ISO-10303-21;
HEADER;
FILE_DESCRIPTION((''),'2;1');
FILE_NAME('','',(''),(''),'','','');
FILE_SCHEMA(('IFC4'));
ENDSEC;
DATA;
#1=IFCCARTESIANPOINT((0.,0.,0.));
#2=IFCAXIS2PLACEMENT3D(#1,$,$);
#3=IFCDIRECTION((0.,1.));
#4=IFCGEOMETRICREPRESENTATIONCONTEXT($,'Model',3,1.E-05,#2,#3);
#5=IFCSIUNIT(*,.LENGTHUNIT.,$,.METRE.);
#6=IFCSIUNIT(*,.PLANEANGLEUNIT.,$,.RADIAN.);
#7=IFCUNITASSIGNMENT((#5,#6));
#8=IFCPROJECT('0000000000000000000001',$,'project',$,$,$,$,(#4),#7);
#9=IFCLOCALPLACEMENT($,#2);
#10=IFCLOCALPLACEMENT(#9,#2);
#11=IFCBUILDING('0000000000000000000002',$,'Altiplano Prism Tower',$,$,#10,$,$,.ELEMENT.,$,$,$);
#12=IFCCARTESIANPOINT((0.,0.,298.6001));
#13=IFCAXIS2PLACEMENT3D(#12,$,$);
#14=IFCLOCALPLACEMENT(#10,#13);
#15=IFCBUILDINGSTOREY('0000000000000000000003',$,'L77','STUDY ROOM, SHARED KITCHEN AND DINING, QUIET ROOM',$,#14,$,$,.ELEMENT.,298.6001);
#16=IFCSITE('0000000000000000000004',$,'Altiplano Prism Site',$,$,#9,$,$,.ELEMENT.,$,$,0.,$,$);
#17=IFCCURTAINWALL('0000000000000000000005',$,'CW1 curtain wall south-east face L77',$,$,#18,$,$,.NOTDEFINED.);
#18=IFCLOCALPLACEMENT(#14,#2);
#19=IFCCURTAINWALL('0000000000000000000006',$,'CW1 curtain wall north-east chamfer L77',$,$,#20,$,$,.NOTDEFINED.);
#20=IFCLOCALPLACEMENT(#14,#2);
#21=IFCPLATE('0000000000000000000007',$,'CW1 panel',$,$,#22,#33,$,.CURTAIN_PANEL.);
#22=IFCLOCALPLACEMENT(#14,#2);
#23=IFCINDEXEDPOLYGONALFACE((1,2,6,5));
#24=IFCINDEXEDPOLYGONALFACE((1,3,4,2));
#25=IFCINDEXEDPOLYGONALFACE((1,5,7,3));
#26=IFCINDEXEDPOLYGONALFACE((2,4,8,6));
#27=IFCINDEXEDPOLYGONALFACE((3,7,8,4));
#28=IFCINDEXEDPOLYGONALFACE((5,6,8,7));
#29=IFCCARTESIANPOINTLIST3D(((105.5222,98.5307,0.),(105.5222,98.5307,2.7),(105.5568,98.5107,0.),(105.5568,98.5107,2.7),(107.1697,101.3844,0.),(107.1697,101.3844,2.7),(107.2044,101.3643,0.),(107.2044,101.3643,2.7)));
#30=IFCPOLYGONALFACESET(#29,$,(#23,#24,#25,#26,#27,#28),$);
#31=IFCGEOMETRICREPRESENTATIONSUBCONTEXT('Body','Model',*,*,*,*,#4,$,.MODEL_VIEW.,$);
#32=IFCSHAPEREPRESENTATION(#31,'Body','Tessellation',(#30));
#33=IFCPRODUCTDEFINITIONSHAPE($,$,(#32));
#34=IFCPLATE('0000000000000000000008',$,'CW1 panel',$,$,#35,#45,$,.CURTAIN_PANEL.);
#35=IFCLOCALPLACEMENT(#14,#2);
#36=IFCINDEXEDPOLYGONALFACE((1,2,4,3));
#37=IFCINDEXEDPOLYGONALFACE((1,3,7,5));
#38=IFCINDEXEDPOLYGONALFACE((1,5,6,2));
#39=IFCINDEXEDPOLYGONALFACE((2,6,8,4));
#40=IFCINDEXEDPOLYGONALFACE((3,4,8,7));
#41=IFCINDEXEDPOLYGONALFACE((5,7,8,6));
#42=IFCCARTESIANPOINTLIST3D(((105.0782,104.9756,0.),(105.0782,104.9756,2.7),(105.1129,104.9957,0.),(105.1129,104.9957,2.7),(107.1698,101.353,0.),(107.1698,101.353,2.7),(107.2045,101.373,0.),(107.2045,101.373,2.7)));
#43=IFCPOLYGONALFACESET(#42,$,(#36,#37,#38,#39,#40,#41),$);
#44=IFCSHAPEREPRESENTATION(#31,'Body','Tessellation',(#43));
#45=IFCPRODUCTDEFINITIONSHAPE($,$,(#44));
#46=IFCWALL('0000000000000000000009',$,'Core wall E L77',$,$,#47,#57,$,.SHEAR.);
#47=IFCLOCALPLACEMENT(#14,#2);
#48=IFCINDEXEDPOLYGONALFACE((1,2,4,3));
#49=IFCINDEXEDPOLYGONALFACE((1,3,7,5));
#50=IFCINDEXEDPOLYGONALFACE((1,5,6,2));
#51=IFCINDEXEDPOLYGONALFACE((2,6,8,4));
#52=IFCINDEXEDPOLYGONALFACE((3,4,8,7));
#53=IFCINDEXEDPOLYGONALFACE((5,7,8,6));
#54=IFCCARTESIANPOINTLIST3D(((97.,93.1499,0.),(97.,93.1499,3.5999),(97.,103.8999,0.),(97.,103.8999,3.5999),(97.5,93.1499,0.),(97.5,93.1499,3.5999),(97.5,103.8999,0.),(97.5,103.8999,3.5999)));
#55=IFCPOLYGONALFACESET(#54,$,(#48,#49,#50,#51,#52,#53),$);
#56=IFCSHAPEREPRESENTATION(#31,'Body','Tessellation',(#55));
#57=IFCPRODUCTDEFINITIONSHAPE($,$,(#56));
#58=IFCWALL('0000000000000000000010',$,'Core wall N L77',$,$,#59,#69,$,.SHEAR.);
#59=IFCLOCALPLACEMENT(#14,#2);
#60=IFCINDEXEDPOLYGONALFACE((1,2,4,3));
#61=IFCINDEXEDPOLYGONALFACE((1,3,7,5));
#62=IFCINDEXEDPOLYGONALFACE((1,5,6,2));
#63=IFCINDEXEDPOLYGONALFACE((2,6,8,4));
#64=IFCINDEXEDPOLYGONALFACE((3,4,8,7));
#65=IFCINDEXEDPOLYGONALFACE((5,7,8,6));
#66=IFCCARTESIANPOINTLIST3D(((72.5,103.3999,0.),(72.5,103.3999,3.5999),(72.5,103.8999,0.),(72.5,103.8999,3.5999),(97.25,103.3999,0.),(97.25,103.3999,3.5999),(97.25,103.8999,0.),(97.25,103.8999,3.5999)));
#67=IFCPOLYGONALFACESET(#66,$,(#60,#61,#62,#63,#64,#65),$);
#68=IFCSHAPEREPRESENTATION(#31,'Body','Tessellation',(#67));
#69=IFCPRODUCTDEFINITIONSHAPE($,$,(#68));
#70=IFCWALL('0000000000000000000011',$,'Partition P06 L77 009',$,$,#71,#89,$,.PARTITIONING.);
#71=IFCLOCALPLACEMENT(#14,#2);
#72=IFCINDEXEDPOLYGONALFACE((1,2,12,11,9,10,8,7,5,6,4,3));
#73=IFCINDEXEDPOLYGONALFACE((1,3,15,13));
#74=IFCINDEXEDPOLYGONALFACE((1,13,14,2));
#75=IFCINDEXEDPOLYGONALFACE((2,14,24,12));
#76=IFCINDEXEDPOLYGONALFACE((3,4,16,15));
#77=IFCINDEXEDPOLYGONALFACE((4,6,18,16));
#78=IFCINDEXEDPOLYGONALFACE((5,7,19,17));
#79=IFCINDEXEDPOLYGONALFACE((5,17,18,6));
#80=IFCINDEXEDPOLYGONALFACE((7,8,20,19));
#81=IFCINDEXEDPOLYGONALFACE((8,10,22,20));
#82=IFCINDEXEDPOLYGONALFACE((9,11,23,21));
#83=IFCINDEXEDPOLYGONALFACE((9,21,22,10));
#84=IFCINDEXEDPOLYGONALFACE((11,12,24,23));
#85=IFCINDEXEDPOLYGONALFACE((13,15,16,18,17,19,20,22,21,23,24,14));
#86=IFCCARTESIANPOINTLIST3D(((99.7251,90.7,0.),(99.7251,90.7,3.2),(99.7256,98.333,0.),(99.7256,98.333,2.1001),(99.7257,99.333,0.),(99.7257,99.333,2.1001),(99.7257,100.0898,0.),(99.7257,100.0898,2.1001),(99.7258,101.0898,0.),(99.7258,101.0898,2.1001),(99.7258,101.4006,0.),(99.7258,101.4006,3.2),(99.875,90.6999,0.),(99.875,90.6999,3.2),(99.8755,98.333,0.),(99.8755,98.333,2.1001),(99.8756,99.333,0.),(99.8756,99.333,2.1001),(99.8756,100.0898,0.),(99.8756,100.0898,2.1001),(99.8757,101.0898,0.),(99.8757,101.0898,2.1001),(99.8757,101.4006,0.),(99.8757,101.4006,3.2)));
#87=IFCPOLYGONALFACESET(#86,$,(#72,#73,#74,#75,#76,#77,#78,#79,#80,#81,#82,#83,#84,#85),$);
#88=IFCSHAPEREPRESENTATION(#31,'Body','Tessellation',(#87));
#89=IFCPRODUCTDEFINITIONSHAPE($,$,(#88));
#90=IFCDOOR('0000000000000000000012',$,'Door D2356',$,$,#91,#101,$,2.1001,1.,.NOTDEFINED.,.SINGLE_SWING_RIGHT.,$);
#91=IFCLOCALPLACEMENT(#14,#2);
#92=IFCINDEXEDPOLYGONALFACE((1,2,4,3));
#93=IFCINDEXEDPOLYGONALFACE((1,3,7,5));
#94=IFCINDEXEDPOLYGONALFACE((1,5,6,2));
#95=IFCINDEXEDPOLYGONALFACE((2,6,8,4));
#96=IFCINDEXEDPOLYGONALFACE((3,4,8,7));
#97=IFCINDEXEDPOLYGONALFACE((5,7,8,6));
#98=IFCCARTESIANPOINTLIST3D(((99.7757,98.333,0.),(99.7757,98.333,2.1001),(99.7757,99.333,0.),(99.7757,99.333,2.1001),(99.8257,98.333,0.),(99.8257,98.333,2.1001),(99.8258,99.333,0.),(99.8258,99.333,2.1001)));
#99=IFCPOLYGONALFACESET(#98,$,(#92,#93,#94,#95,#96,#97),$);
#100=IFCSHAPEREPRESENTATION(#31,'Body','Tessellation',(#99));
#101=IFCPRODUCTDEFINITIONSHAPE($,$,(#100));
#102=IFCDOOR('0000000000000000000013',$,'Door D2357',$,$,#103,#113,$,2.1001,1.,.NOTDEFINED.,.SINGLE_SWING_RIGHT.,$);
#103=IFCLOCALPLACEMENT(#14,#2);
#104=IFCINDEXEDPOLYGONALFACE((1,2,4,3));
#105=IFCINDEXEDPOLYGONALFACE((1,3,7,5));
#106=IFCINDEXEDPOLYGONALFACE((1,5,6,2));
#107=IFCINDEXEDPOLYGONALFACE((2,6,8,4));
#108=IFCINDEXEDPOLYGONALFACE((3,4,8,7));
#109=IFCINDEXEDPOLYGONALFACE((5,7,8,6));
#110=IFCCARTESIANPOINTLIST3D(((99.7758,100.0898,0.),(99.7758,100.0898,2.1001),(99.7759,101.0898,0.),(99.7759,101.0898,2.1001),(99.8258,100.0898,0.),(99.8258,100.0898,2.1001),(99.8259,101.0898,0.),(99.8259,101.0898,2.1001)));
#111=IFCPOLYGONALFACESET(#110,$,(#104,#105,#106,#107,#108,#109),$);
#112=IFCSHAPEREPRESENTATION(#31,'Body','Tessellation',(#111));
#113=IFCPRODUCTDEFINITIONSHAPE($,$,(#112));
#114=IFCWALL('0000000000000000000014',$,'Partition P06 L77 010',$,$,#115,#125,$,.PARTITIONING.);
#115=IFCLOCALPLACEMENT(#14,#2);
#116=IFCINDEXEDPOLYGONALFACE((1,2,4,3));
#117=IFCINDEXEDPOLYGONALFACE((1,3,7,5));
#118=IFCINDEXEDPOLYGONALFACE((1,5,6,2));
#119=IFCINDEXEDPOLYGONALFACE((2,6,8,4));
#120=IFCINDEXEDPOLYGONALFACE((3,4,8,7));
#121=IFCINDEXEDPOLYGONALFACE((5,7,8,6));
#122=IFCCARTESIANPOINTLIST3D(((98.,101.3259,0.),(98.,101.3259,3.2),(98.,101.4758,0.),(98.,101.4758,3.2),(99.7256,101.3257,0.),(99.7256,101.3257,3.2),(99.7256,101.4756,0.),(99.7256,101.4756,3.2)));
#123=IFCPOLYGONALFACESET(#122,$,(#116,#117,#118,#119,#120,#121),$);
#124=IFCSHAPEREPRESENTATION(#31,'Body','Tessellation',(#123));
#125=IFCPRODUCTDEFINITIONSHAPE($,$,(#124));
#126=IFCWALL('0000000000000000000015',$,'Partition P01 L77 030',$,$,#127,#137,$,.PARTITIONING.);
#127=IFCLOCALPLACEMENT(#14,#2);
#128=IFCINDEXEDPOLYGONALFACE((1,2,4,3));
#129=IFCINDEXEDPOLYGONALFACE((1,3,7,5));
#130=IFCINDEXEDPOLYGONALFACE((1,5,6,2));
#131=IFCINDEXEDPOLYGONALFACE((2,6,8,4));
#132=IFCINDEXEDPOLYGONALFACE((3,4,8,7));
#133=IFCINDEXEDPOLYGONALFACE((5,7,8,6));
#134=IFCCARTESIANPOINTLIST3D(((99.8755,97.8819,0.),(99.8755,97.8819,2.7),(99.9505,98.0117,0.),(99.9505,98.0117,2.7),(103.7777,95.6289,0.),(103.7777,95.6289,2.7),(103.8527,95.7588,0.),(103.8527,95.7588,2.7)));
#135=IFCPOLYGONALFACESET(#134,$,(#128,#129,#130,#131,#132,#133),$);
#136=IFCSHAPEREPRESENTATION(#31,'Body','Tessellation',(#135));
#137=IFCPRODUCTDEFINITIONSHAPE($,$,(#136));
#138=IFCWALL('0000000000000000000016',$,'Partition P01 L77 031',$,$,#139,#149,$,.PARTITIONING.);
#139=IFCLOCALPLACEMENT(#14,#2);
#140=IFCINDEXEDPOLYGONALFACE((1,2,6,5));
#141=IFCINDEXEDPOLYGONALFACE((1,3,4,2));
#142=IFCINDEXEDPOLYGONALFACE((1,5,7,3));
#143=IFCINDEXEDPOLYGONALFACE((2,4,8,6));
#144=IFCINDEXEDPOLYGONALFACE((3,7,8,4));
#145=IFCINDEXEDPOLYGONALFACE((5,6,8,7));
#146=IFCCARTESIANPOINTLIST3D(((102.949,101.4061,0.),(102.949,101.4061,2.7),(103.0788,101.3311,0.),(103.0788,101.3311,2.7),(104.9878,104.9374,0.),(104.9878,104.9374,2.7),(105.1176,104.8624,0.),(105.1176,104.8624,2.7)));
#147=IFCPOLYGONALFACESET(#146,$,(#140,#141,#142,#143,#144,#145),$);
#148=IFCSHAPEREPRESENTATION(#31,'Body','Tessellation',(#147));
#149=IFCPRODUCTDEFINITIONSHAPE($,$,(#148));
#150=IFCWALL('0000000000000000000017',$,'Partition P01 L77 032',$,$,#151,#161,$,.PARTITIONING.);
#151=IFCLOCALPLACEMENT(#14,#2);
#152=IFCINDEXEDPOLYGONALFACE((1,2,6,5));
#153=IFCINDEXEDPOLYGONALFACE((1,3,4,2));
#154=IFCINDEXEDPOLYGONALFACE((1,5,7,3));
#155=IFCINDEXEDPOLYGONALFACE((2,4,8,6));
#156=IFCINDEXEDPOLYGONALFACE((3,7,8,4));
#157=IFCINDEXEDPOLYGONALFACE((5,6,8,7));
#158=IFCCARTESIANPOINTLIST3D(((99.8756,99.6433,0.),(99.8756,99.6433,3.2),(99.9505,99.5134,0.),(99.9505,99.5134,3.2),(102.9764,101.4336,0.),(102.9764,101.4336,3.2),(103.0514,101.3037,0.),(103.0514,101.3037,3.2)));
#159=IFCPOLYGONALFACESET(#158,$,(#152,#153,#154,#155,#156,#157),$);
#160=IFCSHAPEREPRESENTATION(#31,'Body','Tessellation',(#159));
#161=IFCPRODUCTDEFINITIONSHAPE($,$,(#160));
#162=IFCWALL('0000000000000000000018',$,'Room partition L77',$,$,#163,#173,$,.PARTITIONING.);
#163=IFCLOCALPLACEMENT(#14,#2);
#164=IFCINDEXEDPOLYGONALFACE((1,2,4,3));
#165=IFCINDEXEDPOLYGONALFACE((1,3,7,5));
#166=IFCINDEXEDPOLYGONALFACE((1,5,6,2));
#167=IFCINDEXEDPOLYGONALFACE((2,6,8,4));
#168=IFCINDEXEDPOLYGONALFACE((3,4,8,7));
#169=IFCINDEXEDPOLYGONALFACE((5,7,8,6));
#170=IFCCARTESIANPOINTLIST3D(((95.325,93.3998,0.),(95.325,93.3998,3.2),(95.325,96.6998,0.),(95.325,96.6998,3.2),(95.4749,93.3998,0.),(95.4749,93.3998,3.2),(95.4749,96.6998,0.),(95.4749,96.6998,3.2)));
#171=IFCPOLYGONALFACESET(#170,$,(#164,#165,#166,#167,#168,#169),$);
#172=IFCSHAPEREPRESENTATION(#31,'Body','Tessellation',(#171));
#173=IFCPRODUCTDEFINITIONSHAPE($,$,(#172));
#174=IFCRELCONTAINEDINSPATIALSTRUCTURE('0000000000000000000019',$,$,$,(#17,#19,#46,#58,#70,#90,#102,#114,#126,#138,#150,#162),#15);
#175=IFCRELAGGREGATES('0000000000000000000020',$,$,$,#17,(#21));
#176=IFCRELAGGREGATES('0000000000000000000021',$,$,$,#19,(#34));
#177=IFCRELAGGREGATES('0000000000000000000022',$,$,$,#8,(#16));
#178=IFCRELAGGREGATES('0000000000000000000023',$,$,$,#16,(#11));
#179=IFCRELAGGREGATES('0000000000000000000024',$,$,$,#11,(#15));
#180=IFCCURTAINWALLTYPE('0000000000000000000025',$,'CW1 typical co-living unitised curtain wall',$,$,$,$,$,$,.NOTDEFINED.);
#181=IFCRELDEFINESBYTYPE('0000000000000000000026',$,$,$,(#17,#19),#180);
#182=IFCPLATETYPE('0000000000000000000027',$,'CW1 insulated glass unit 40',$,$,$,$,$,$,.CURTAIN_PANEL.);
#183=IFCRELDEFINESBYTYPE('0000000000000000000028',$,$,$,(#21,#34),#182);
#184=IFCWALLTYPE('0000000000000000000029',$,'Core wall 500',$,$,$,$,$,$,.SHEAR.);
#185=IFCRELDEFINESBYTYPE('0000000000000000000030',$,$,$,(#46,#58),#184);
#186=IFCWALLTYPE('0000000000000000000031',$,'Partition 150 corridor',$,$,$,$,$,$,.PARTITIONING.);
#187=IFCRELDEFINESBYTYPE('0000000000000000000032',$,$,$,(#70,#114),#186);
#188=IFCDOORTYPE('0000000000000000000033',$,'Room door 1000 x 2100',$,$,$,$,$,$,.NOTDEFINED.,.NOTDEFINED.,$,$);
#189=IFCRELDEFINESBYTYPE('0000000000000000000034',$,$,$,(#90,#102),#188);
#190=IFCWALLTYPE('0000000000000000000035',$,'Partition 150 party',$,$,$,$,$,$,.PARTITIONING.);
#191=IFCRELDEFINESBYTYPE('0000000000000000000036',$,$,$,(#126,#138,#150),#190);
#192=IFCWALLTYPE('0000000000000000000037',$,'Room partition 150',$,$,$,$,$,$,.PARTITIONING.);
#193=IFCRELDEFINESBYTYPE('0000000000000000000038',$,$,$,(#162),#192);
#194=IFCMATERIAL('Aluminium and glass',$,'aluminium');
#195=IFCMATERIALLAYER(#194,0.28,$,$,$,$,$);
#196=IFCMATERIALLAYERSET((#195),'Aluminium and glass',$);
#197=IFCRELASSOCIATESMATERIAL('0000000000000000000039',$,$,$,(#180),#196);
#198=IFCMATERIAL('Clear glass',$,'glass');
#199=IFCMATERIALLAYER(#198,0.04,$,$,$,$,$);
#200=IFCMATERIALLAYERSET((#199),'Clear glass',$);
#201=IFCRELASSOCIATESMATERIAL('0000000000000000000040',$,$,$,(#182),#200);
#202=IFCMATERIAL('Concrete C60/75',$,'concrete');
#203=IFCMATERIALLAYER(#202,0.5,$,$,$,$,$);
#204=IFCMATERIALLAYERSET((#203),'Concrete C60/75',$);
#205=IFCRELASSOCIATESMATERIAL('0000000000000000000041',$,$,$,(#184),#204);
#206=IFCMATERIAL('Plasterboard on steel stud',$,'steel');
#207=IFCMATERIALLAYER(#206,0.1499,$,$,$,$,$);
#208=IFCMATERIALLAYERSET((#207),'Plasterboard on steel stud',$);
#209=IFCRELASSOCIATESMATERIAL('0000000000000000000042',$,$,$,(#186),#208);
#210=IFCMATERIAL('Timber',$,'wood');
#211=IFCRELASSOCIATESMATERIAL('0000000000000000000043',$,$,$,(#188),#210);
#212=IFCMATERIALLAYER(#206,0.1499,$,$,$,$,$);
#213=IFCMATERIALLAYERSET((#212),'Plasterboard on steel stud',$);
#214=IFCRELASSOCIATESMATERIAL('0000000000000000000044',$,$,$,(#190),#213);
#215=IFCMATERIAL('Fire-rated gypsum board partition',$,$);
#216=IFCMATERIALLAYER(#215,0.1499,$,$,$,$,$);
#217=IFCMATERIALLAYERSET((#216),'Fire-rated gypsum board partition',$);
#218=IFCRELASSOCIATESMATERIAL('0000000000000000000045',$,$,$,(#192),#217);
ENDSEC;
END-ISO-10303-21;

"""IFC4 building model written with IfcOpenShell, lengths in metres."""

from ifc_helpers import new_model, si_unit, direction, frame, frame_2d, origin, origin_2d, place, context, subcontext, project, spatial, rectangle, extrude, material, layer, layer_set, type_object, element, fill, aggregate, save


model = new_model("IFC4")

# Units and contexts
model_context = context("Model", 3, precision=1e-05, world=origin(), true_north=direction((0.0, 1.0)))
body_context = subcontext(model_context, "Body", "Model", "MODEL_VIEW")
ifc_project = project(units=[si_unit("LENGTHUNIT", "METRE"), si_unit("PLANEANGLEUNIT", "RADIAN")], contexts=[model_context])

# Site, building, storey
site_placement = place(None, origin())
site = spatial("IfcSite", under=ifc_project, at=site_placement, Name="Altiplano Prism Site", CompositionType="ELEMENT", RefElevation=0.0)
building_placement = place(site_placement, origin())
building = spatial("IfcBuilding", under=site, at=building_placement, Name="Altiplano Prism Tower", CompositionType="ELEMENT")
storey_placement = place(building_placement, frame((0.0, 0.0, 298.6001)))
storey = spatial("IfcBuildingStorey", under=building, at=storey_placement, Name="L77", Description="STUDY ROOM, SHARED KITCHEN AND DINING, QUIET ROOM", CompositionType="ELEMENT", Elevation=298.6001)

# Shared definitions
ifc_material_1 = material(Name="Concrete C60/75", Category="concrete")

# Curtain wall
ifc_material_2 = material(Name="Aluminium and glass", Category="aluminium")
ifc_layer_1 = layer(ifc_material_2, 0.28)
ifc_layer_set_1 = layer_set([ifc_layer_1], Name="Aluminium and glass")
curtain_wall_type = type_object("IfcCurtainWallType", Name="CW1 typical co-living unitised curtain wall", PredefinedType="NOTDEFINED", material=ifc_layer_set_1)
curtain_wall_1_placement = place(storey_placement, origin())
curtain_wall_1 = element("IfcCurtainWall", 1, at=curtain_wall_1_placement, inside=storey, type_object=curtain_wall_type, Name="CW1 curtain wall south-east face L77", PredefinedType="NOTDEFINED")

# Curtain wall
curtain_wall_2_placement = place(storey_placement, origin())
curtain_wall_2 = element("IfcCurtainWall", 2, at=curtain_wall_2_placement, inside=storey, type_object=curtain_wall_type, Name="CW1 curtain wall north-east chamfer L77", PredefinedType="NOTDEFINED")

# Plates
ifc_material_3 = material(Name="Clear glass", Category="glass")
ifc_layer_2 = layer(ifc_material_3, 0.04)
ifc_layer_set_2 = layer_set([ifc_layer_2], Name="Clear glass")
plate_type = type_object("IfcPlateType", Name="CW1 insulated glass unit 40", PredefinedType="CURTAIN_PANEL", material=ifc_layer_set_2)
plate_1_placement = place(storey_placement, frame((106.3633, 99.9475, 0.0), z_axis=(0.0, 0.0, 1.0), x_axis=(0.5, 0.866025, 0.0)))
plate_1 = element("IfcPlate", 3, at=plate_1_placement, type_object=plate_type, Name="CW1 panel", PredefinedType="CURTAIN_PANEL", context=body_context, shape_type="SweptSolid", body=[
    extrude(rectangle(XDim=3.2952, YDim=0.04, at=origin_2d()), origin(), (0.0, 0.0, 1.0), 2.7),
])
aggregate(curtain_wall_1, [plate_1])
plate_2_placement = place(storey_placement, frame((106.1414, 103.1743, 0.0), z_axis=(0.0, 0.0, 1.0), x_axis=(-0.5, 0.866025, 0.0)))
plate_2 = element("IfcPlate", 4, at=plate_2_placement, type_object=plate_type, Name="CW1 panel", PredefinedType="CURTAIN_PANEL", context=body_context, shape_type="SweptSolid", body=[
    extrude(rectangle(XDim=4.1831, YDim=0.04, at=origin_2d()), origin(), (0.0, 0.0, 1.0), 2.7),
])
aggregate(curtain_wall_2, [plate_2])

# Walls
ifc_layer_3 = layer(ifc_material_1, 0.5)
ifc_layer_set_3 = layer_set([ifc_layer_3], Name="Concrete C60/75")
wall_type_1 = type_object("IfcWallType", Name="Core wall 500", PredefinedType="SHEAR", material=ifc_layer_set_3)
wall_1_placement = place(storey_placement, frame((97.25, 93.1499, 0.0), z_axis=(0.0, 0.0, 1.0), x_axis=(0.0, 1.0, 0.0)))
element("IfcWall", 5, at=wall_1_placement, inside=storey, type_object=wall_type_1, Name="Core wall E L77", PredefinedType="SHEAR", context=body_context, shape_type="SweptSolid", body=[
    extrude(rectangle(XDim=10.75, YDim=0.5, at=frame_2d((5.375, 0.0))), origin(), (0.0, 0.0, 1.0), 3.5999),
])
wall_2_placement = place(storey_placement, frame((97.25, 103.6499, 0.0), z_axis=(0.0, 0.0, 1.0), x_axis=(-1.0, 0.0, 0.0)))
element("IfcWall", 6, at=wall_2_placement, inside=storey, type_object=wall_type_1, Name="Core wall N L77", PredefinedType="SHEAR", context=body_context, shape_type="SweptSolid", body=[
    extrude(rectangle(XDim=24.75, YDim=0.5, at=frame_2d((12.375, 0.0))), origin(), (0.0, 0.0, 1.0), 3.5999),
])

# Wall, openings, doors
ifc_material_4 = material(Name="Plasterboard on steel stud", Category="steel")
ifc_layer_4 = layer(ifc_material_4, 0.1499)
ifc_layer_set_4 = layer_set([ifc_layer_4], Name="Plasterboard on steel stud")
wall_type_2 = type_object("IfcWallType", Name="Partition 150 corridor", PredefinedType="PARTITIONING", material=ifc_layer_set_4)
wall_3_placement = place(storey_placement, frame((99.8, 90.7, 0.0), z_axis=(0.0, 0.0, 1.0), x_axis=(0.000068, 1.0, 0.0)))
wall_3 = element("IfcWall", 7, at=wall_3_placement, inside=storey, type_object=wall_type_2, Name="Partition P06 L77 009", PredefinedType="PARTITIONING", context=body_context, shape_type="SweptSolid", body=[
    extrude(rectangle(XDim=10.7007, YDim=0.1499, at=frame_2d((5.3503, 0.0))), origin(), (0.0, 0.0, 1.0), 3.2),
])
opening_1_placement = place(wall_3_placement, frame((7.6331, 0.0, 0.0)))
opening_1 = element("IfcOpeningElement", 8, at=opening_1_placement, cuts=wall_3, PredefinedType="OPENING", context=body_context, shape_type="SweptSolid", body=[
    extrude(rectangle(XDim=1.0, YDim=2.1001, at=frame_2d((0.5, 1.05))), frame((0.0, 0.0854, 0.0), z_axis=(0.0, -1.0, 0.0), x_axis=(1.0, 0.0, 0.0)), (0.0, 0.0, 1.0), 0.1709),
])
opening_2_placement = place(wall_3_placement, frame((9.3899, 0.0, 0.0)))
opening_2 = element("IfcOpeningElement", 9, at=opening_2_placement, cuts=wall_3, PredefinedType="OPENING", context=body_context, shape_type="SweptSolid", body=[
    extrude(rectangle(XDim=1.0, YDim=2.1001, at=frame_2d((0.5, 1.05))), frame((0.0, 0.0854, 0.0), z_axis=(0.0, -1.0, 0.0), x_axis=(1.0, 0.0, 0.0)), (0.0, 0.0, 1.0), 0.1709),
])
ifc_material_5 = material(Name="Timber", Category="wood")
door_type = type_object("IfcDoorType", Name="Room door 1000 x 2100", OperationType="NOTDEFINED", PredefinedType="NOTDEFINED", material=ifc_material_5)
door_1_placement = place(opening_1_placement, origin())
door_1 = element("IfcDoor", 10, at=door_1_placement, inside=storey, type_object=door_type, Name="Door D2356", OperationType="SINGLE_SWING_RIGHT", OverallHeight=2.1001, OverallWidth=1.0, PredefinedType="NOTDEFINED", context=body_context, shape_type="SweptSolid", body=[
    extrude(rectangle(XDim=1.0, YDim=2.1001, at=frame_2d((0.5, 1.05))), frame((0.0, 0.0249, 0.0), z_axis=(0.0, -1.0, 0.0), x_axis=(1.0, 0.0, 0.0)), (0.0, 0.0, 1.0), 0.05),
])
fill(opening_1, door_1)
door_2_placement = place(opening_2_placement, origin())
door_2 = element("IfcDoor", 11, at=door_2_placement, inside=storey, type_object=door_type, Name="Door D2357", OperationType="SINGLE_SWING_RIGHT", OverallHeight=2.1001, OverallWidth=1.0, PredefinedType="NOTDEFINED", context=body_context, shape_type="SweptSolid", body=[
    extrude(rectangle(XDim=1.0, YDim=2.1001, at=frame_2d((0.5, 1.05))), frame((0.0, 0.0249, 0.0), z_axis=(0.0, -1.0, 0.0), x_axis=(1.0, 0.0, 0.0)), (0.0, 0.0, 1.0), 0.05),
])
fill(opening_2, door_2)

# Walls
wall_4_placement = place(storey_placement, frame((99.7256, 101.4006, 0.0), z_axis=(0.0, 0.0, 1.0), x_axis=(-1.0, 0.000141, 0.0)))
element("IfcWall", 12, at=wall_4_placement, inside=storey, type_object=wall_type_2, Name="Partition P06 L77 010", PredefinedType="PARTITIONING", context=body_context, shape_type="SweptSolid", body=[
    extrude(rectangle(XDim=1.7256, YDim=0.1499, at=frame_2d((0.8628, 0.0))), origin(), (0.0, 0.0, 1.0), 3.2),
])
ifc_layer_5 = layer(ifc_material_4, 0.1499)
ifc_layer_set_5 = layer_set([ifc_layer_5], Name="Plasterboard on steel stud")
wall_type_3 = type_object("IfcWallType", Name="Partition 150 party", PredefinedType="PARTITIONING", material=ifc_layer_set_5)
wall_5_placement = place(storey_placement, frame((103.8152, 95.6938, 0.0), z_axis=(0.0, 0.0, 1.0), x_axis=(-0.86602, 0.500009, 0.0)))
element("IfcWall", 13, at=wall_5_placement, inside=storey, type_object=wall_type_3, Name="Partition P01 L77 030", PredefinedType="PARTITIONING", context=body_context, shape_type="SweptSolid", body=[
    extrude(rectangle(XDim=4.5059, YDim=0.1499, at=frame_2d((2.2529, 0.0))), origin(), (0.0, 0.0, 1.0), 2.7),
])
wall_6_placement = place(storey_placement, frame((105.0527, 104.8999, 0.0), z_axis=(0.0, 0.0, 1.0), x_axis=(-0.500009, -0.86602, 0.0)))
element("IfcWall", 14, at=wall_6_placement, inside=storey, type_object=wall_type_3, Name="Partition P01 L77 031", PredefinedType="PARTITIONING", context=body_context, shape_type="SweptSolid", body=[
    extrude(rectangle(XDim=4.0776, YDim=0.1499, at=frame_2d((2.0388, 0.0))), origin(), (0.0, 0.0, 1.0), 2.7),
])
wall_7_placement = place(storey_placement, frame((103.0139, 101.3687, 0.0), z_axis=(0.0, 0.0, 1.0), x_axis=(-0.866023, -0.500004, 0.0)))
element("IfcWall", 15, at=wall_7_placement, inside=storey, type_object=wall_type_3, Name="Partition P01 L77 032", PredefinedType="PARTITIONING", context=body_context, shape_type="SweptSolid", body=[
    extrude(rectangle(XDim=3.5806, YDim=0.1499, at=frame_2d((1.7903, 0.0))), origin(), (0.0, 0.0, 1.0), 3.2),
])
ifc_material_6 = material(Name="Fire-rated gypsum board partition")
ifc_layer_6 = layer(ifc_material_6, 0.1499)
ifc_layer_set_6 = layer_set([ifc_layer_6], Name="Fire-rated gypsum board partition")
wall_type_4 = type_object("IfcWallType", Name="Room partition 150", PredefinedType="PARTITIONING", material=ifc_layer_set_6)
wall_8_placement = place(storey_placement, frame((95.3999, 93.3999, 0.0), z_axis=(0.0, 0.0, 1.0), x_axis=(0.0, 1.0, 0.0)))
element("IfcWall", 16, at=wall_8_placement, inside=storey, type_object=wall_type_4, Name="Room partition L77", PredefinedType="PARTITIONING", context=body_context, shape_type="SweptSolid", body=[
    extrude(rectangle(XDim=3.3, YDim=0.1499, at=frame_2d((1.6499, 0.0))), origin(), (0.0, 0.0, 1.0), 3.2),
])

save(model, "model.ifc")
